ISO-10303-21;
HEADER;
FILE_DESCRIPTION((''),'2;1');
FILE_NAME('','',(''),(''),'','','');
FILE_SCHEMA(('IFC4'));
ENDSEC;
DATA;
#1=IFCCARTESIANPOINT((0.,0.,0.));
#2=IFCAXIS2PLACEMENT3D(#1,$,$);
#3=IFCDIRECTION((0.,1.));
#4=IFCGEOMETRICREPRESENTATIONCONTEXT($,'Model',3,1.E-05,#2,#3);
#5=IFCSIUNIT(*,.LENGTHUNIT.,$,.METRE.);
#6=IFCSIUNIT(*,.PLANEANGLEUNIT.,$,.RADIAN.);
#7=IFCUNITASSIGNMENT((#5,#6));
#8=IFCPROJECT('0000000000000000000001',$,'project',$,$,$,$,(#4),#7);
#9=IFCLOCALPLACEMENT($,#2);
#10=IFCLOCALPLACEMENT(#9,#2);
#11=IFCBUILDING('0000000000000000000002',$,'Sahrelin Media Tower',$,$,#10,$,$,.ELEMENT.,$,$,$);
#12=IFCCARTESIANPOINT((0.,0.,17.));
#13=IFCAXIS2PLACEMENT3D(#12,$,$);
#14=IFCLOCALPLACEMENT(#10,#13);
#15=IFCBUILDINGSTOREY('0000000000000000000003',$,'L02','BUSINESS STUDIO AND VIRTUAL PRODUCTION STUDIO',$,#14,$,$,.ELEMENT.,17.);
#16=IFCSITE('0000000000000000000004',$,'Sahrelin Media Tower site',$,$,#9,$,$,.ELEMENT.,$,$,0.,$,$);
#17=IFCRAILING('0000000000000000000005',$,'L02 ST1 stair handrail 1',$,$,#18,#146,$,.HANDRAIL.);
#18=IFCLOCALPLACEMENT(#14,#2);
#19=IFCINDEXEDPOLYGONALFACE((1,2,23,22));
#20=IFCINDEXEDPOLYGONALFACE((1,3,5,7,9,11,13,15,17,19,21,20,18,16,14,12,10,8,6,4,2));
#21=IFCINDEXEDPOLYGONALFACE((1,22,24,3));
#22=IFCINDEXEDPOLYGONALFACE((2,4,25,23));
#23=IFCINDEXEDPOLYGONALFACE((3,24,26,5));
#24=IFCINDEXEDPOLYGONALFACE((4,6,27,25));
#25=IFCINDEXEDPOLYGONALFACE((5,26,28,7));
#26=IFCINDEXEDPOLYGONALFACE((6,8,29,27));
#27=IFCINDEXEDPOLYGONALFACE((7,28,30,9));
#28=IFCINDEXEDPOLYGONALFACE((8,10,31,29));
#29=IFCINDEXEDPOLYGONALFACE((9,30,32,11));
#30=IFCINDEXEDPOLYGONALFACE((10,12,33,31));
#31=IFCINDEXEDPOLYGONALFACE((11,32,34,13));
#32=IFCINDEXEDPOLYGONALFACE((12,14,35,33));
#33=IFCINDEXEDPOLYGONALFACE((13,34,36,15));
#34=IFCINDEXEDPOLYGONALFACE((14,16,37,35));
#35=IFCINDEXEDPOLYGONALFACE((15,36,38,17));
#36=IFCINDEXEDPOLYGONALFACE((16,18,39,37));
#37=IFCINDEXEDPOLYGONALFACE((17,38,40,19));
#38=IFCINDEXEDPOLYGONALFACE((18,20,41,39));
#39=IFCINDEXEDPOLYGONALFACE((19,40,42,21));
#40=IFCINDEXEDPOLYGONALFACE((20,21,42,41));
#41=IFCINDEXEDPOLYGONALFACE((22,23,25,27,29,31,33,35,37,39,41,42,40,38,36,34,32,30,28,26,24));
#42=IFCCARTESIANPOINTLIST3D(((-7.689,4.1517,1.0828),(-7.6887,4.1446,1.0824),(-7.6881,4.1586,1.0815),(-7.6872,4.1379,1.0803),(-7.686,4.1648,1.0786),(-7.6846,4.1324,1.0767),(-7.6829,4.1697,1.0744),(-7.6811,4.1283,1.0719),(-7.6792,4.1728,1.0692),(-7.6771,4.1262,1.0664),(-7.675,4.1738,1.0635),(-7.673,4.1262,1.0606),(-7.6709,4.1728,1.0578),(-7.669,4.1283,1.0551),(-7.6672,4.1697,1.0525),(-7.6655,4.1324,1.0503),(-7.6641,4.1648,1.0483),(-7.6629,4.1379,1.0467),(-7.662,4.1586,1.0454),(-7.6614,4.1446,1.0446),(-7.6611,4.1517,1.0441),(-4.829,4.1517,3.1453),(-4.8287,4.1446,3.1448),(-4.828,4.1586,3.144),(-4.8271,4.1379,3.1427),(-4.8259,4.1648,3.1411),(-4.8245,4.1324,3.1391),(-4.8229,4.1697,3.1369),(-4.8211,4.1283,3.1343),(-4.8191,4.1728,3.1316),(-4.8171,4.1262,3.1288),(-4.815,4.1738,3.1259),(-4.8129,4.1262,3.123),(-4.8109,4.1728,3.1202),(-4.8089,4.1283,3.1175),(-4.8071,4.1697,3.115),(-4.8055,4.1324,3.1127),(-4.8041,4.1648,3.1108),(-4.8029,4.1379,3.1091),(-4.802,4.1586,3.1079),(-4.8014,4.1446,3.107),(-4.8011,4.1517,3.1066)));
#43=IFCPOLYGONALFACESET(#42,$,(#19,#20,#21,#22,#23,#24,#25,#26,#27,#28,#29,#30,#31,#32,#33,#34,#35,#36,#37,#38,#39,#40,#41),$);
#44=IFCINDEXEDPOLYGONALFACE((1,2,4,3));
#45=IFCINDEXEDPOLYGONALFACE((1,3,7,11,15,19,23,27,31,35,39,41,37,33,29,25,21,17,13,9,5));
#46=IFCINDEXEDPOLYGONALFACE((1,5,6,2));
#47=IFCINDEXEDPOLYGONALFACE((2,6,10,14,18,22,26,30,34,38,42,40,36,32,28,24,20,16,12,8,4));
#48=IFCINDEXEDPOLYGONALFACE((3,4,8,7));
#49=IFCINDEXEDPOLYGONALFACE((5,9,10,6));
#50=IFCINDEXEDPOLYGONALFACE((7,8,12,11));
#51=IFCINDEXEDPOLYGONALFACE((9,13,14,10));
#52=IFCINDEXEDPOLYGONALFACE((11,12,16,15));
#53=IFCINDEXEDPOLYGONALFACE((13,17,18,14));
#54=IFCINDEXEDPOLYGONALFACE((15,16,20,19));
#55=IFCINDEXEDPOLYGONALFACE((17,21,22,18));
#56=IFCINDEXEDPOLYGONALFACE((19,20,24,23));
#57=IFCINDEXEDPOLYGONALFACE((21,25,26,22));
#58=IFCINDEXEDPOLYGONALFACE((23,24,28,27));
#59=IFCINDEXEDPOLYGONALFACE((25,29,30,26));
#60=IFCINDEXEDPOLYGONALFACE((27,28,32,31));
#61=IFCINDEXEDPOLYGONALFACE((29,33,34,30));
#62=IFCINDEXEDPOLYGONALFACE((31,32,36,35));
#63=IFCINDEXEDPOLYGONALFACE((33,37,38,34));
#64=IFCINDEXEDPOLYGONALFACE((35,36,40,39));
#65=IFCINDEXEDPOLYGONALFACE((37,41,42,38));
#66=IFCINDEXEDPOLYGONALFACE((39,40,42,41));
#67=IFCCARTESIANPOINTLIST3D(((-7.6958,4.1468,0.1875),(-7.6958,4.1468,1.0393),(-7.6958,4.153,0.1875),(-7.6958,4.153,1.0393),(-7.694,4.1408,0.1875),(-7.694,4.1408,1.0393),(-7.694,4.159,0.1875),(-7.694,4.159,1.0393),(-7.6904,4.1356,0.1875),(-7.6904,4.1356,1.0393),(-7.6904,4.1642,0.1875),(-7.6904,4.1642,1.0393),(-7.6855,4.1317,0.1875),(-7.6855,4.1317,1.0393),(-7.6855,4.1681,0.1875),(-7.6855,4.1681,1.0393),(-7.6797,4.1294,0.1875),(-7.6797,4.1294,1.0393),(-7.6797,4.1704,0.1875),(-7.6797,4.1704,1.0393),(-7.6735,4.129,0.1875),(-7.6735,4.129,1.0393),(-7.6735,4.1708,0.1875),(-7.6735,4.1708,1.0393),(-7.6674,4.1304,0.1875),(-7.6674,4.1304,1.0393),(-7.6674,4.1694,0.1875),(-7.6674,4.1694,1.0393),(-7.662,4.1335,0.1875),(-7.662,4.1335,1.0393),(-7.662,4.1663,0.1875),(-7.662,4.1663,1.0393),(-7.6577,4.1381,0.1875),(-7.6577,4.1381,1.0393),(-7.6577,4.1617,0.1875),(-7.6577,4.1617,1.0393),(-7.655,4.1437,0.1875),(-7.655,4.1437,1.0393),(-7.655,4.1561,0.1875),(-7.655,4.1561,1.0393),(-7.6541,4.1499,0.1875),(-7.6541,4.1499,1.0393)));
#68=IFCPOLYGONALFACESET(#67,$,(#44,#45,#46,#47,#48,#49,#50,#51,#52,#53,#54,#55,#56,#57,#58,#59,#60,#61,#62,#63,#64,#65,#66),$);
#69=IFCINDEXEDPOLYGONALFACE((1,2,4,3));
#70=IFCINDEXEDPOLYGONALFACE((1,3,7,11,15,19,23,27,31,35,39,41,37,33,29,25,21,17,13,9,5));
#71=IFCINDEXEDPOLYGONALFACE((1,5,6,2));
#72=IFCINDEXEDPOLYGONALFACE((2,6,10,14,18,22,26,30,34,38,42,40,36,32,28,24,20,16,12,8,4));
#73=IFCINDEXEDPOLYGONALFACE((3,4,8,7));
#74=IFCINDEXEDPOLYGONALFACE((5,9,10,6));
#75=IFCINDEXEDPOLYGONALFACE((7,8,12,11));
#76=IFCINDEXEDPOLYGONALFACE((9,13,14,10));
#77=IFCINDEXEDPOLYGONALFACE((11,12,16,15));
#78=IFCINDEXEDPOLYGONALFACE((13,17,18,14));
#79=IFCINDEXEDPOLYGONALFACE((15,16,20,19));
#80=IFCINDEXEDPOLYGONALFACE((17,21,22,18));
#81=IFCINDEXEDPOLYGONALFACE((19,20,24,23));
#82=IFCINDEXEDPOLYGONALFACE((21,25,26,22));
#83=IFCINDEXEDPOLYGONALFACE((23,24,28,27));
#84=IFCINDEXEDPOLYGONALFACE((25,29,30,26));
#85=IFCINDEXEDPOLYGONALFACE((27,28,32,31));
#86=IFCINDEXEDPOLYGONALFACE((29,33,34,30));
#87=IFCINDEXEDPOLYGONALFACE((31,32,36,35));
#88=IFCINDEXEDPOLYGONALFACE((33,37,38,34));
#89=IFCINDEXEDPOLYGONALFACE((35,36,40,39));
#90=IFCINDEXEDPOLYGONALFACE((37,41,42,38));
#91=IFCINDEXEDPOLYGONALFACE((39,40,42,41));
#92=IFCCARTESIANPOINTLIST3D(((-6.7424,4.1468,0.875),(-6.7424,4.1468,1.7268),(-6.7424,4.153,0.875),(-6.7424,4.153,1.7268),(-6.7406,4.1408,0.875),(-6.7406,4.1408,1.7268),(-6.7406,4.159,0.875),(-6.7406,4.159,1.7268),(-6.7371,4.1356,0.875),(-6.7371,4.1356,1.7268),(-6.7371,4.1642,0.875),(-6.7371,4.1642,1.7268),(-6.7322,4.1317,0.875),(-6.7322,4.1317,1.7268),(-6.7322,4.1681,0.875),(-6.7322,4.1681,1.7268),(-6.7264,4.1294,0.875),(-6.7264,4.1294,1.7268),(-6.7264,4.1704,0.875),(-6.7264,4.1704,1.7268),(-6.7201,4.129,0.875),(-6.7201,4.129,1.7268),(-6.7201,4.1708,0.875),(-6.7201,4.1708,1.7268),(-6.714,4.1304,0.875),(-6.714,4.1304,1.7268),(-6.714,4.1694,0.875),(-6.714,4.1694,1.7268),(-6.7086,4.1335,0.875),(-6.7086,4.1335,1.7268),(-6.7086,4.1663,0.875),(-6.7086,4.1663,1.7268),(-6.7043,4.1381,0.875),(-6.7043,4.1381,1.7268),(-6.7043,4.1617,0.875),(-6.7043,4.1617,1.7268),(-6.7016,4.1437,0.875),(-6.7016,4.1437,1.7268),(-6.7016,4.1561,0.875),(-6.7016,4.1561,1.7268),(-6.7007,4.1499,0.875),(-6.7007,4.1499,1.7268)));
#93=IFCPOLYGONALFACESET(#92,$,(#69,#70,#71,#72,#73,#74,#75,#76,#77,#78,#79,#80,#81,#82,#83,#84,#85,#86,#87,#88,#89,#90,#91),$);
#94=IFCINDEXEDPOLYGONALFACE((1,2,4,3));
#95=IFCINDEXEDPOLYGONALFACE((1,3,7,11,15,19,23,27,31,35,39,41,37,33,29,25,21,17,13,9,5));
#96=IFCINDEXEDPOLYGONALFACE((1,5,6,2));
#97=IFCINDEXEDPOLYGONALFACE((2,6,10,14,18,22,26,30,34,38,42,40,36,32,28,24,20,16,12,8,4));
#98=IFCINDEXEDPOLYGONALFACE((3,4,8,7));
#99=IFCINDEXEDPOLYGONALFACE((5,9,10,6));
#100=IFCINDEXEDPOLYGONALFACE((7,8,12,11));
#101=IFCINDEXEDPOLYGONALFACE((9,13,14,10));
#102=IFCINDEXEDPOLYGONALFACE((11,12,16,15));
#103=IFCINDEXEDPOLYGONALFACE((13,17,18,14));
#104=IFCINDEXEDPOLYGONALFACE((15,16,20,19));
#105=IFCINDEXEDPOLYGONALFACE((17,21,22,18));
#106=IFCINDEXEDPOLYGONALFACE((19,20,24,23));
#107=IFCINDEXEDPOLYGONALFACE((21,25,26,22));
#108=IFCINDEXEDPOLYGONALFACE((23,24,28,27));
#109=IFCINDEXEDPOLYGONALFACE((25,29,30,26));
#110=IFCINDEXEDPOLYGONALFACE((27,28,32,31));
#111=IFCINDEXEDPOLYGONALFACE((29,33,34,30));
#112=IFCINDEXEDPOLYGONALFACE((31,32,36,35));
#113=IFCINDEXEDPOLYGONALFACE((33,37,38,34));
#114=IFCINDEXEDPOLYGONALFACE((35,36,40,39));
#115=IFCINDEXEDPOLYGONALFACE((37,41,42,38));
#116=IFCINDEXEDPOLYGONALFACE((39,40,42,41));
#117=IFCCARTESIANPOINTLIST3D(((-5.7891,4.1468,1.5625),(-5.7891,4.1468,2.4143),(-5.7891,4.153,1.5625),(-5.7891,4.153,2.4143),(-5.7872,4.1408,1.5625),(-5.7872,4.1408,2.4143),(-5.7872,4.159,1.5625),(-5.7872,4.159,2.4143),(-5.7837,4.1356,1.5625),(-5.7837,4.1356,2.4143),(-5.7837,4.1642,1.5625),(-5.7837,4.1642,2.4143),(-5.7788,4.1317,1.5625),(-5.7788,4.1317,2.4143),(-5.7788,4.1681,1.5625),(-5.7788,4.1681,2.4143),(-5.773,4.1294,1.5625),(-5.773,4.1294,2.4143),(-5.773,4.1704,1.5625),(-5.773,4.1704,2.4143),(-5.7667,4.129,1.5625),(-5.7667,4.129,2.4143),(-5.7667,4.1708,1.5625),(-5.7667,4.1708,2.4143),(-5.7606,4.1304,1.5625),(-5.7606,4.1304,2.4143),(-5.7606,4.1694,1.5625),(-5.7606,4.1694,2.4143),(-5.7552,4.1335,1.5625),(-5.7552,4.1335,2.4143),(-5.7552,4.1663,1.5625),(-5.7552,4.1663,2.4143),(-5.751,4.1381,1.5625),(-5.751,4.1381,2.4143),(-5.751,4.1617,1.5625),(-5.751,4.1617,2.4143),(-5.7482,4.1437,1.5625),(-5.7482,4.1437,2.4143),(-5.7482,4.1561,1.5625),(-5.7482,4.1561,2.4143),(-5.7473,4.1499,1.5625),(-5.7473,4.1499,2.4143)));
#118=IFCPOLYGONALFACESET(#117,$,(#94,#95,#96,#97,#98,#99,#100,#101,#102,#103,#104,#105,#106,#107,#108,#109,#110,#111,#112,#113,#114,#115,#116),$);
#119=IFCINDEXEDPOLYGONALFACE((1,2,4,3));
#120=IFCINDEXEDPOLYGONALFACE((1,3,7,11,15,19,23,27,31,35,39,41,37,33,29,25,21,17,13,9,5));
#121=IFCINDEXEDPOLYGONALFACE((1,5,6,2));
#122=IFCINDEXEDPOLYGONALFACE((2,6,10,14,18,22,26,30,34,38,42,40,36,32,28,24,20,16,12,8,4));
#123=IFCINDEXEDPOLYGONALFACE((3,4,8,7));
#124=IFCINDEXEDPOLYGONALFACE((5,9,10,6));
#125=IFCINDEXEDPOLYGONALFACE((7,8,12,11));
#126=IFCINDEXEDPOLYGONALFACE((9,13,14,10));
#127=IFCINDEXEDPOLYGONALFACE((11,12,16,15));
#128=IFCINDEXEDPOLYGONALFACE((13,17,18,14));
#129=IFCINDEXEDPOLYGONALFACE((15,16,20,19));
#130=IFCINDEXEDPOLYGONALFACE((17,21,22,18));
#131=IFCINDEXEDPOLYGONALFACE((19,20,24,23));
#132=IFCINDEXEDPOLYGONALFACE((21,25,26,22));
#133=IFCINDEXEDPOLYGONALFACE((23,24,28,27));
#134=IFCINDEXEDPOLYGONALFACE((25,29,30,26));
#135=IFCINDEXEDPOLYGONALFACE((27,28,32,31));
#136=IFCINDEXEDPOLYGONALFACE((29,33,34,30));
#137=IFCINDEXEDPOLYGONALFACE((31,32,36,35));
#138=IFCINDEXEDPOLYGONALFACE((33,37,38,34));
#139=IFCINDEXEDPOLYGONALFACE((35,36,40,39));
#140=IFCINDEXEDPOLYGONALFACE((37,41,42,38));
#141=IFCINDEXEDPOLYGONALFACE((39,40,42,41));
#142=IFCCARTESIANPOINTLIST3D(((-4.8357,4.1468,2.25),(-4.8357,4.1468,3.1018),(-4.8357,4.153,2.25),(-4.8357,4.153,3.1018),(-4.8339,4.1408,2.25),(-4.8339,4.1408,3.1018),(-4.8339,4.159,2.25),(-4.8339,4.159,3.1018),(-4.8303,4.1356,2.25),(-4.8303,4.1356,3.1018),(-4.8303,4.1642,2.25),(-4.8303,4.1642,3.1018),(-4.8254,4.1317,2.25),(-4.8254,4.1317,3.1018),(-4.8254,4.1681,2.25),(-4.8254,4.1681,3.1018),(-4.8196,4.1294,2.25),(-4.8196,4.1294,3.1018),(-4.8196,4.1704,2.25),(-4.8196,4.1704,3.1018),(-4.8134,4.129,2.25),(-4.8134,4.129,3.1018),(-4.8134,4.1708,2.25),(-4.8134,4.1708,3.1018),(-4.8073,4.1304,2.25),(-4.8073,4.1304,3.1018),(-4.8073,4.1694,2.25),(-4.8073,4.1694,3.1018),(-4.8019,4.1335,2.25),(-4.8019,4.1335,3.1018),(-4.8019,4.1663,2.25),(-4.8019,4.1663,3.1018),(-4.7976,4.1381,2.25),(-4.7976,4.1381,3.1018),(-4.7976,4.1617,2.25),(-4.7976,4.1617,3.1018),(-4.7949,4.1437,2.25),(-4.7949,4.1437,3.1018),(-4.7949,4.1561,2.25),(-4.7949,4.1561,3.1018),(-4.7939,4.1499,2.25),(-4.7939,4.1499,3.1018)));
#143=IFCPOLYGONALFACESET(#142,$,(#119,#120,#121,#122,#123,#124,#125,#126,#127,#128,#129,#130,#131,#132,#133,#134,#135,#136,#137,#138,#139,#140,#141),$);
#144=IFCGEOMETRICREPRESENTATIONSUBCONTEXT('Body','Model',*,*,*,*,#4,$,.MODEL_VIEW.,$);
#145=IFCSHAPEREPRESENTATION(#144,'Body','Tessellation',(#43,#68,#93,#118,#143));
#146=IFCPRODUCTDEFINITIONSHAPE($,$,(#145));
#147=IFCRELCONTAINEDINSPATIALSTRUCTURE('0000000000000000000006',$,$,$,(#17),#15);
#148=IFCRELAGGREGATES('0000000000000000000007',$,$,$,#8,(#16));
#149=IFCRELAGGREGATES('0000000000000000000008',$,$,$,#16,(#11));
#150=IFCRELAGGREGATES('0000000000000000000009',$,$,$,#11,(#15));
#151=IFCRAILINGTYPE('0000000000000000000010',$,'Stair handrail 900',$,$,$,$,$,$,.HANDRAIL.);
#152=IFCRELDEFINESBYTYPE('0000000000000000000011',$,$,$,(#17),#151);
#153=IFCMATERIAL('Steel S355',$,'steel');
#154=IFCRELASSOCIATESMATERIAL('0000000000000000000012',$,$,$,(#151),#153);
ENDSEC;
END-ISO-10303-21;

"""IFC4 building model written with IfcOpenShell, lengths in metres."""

from ifc_helpers import new_model, si_unit, direction, frame, origin, origin_2d, place, context, subcontext, project, spatial, circle, extrude, material, type_object, element, save


model = new_model("IFC4")

# Units and contexts
model_context = context("Model", 3, precision=1e-05, world=origin(), true_north=direction((0.0, 1.0)))
body_context = subcontext(model_context, "Body", "Model", "MODEL_VIEW")
ifc_project = project(units=[si_unit("LENGTHUNIT", "METRE"), si_unit("PLANEANGLEUNIT", "RADIAN")], contexts=[model_context])

# Site, building, storey
site_placement = place(None, origin())
site = spatial("IfcSite", under=ifc_project, at=site_placement, Name="Sahrelin Media Tower site", CompositionType="ELEMENT", RefElevation=0.0)
building_placement = place(site_placement, origin())
building = spatial("IfcBuilding", under=site, at=building_placement, Name="Sahrelin Media Tower", CompositionType="ELEMENT")
storey_placement = place(building_placement, frame((0.0, 0.0, 17.0)))
storey = spatial("IfcBuildingStorey", under=building, at=storey_placement, Name="L02", Description="BUSINESS STUDIO AND VIRTUAL PRODUCTION STUDIO", CompositionType="ELEMENT", Elevation=17.0)

# Railing
ifc_material_1 = material(Name="Steel S355", Category="steel")
railing_type_1 = type_object("IfcRailingType", Name="Stair handrail 900", PredefinedType="HANDRAIL", material=ifc_material_1)
for number, where, name in (
    (1, (-7.675, 4.1499, 0.1875), "L02 ST1 stair handrail 1"),
):
    element("IfcRailing", number, at=place(storey_placement, frame(where)), inside=storey, type_object=railing_type_1, Name=name, PredefinedType="HANDRAIL", context=body_context, shape_type="SweptSolid", body=[
        extrude(circle(Radius=0.0239, at=origin_2d()), frame((0.0, 0.0, 0.876), z_axis=(0.811101, 0.0, 0.584906), x_axis=(0.0, 1.0, 0.0)), (0.0, 0.0, 1.0), 3.5261),
        extrude(circle(Radius=0.021, at=origin_2d()), origin(), (0.0, 0.0, 1.0), 0.8518),
        extrude(circle(Radius=0.021, at=origin_2d()), frame((0.9534, 0.0, 0.6875)), (0.0, 0.0, 1.0), 0.8518),
        extrude(circle(Radius=0.021, at=origin_2d()), frame((1.9067, 0.0, 1.375)), (0.0, 0.0, 1.0), 0.8518),
        extrude(circle(Radius=0.021, at=origin_2d()), frame((2.8601, 0.0, 2.0625)), (0.0, 0.0, 1.0), 0.8518),
    ])

save(model, "model.ifc")
